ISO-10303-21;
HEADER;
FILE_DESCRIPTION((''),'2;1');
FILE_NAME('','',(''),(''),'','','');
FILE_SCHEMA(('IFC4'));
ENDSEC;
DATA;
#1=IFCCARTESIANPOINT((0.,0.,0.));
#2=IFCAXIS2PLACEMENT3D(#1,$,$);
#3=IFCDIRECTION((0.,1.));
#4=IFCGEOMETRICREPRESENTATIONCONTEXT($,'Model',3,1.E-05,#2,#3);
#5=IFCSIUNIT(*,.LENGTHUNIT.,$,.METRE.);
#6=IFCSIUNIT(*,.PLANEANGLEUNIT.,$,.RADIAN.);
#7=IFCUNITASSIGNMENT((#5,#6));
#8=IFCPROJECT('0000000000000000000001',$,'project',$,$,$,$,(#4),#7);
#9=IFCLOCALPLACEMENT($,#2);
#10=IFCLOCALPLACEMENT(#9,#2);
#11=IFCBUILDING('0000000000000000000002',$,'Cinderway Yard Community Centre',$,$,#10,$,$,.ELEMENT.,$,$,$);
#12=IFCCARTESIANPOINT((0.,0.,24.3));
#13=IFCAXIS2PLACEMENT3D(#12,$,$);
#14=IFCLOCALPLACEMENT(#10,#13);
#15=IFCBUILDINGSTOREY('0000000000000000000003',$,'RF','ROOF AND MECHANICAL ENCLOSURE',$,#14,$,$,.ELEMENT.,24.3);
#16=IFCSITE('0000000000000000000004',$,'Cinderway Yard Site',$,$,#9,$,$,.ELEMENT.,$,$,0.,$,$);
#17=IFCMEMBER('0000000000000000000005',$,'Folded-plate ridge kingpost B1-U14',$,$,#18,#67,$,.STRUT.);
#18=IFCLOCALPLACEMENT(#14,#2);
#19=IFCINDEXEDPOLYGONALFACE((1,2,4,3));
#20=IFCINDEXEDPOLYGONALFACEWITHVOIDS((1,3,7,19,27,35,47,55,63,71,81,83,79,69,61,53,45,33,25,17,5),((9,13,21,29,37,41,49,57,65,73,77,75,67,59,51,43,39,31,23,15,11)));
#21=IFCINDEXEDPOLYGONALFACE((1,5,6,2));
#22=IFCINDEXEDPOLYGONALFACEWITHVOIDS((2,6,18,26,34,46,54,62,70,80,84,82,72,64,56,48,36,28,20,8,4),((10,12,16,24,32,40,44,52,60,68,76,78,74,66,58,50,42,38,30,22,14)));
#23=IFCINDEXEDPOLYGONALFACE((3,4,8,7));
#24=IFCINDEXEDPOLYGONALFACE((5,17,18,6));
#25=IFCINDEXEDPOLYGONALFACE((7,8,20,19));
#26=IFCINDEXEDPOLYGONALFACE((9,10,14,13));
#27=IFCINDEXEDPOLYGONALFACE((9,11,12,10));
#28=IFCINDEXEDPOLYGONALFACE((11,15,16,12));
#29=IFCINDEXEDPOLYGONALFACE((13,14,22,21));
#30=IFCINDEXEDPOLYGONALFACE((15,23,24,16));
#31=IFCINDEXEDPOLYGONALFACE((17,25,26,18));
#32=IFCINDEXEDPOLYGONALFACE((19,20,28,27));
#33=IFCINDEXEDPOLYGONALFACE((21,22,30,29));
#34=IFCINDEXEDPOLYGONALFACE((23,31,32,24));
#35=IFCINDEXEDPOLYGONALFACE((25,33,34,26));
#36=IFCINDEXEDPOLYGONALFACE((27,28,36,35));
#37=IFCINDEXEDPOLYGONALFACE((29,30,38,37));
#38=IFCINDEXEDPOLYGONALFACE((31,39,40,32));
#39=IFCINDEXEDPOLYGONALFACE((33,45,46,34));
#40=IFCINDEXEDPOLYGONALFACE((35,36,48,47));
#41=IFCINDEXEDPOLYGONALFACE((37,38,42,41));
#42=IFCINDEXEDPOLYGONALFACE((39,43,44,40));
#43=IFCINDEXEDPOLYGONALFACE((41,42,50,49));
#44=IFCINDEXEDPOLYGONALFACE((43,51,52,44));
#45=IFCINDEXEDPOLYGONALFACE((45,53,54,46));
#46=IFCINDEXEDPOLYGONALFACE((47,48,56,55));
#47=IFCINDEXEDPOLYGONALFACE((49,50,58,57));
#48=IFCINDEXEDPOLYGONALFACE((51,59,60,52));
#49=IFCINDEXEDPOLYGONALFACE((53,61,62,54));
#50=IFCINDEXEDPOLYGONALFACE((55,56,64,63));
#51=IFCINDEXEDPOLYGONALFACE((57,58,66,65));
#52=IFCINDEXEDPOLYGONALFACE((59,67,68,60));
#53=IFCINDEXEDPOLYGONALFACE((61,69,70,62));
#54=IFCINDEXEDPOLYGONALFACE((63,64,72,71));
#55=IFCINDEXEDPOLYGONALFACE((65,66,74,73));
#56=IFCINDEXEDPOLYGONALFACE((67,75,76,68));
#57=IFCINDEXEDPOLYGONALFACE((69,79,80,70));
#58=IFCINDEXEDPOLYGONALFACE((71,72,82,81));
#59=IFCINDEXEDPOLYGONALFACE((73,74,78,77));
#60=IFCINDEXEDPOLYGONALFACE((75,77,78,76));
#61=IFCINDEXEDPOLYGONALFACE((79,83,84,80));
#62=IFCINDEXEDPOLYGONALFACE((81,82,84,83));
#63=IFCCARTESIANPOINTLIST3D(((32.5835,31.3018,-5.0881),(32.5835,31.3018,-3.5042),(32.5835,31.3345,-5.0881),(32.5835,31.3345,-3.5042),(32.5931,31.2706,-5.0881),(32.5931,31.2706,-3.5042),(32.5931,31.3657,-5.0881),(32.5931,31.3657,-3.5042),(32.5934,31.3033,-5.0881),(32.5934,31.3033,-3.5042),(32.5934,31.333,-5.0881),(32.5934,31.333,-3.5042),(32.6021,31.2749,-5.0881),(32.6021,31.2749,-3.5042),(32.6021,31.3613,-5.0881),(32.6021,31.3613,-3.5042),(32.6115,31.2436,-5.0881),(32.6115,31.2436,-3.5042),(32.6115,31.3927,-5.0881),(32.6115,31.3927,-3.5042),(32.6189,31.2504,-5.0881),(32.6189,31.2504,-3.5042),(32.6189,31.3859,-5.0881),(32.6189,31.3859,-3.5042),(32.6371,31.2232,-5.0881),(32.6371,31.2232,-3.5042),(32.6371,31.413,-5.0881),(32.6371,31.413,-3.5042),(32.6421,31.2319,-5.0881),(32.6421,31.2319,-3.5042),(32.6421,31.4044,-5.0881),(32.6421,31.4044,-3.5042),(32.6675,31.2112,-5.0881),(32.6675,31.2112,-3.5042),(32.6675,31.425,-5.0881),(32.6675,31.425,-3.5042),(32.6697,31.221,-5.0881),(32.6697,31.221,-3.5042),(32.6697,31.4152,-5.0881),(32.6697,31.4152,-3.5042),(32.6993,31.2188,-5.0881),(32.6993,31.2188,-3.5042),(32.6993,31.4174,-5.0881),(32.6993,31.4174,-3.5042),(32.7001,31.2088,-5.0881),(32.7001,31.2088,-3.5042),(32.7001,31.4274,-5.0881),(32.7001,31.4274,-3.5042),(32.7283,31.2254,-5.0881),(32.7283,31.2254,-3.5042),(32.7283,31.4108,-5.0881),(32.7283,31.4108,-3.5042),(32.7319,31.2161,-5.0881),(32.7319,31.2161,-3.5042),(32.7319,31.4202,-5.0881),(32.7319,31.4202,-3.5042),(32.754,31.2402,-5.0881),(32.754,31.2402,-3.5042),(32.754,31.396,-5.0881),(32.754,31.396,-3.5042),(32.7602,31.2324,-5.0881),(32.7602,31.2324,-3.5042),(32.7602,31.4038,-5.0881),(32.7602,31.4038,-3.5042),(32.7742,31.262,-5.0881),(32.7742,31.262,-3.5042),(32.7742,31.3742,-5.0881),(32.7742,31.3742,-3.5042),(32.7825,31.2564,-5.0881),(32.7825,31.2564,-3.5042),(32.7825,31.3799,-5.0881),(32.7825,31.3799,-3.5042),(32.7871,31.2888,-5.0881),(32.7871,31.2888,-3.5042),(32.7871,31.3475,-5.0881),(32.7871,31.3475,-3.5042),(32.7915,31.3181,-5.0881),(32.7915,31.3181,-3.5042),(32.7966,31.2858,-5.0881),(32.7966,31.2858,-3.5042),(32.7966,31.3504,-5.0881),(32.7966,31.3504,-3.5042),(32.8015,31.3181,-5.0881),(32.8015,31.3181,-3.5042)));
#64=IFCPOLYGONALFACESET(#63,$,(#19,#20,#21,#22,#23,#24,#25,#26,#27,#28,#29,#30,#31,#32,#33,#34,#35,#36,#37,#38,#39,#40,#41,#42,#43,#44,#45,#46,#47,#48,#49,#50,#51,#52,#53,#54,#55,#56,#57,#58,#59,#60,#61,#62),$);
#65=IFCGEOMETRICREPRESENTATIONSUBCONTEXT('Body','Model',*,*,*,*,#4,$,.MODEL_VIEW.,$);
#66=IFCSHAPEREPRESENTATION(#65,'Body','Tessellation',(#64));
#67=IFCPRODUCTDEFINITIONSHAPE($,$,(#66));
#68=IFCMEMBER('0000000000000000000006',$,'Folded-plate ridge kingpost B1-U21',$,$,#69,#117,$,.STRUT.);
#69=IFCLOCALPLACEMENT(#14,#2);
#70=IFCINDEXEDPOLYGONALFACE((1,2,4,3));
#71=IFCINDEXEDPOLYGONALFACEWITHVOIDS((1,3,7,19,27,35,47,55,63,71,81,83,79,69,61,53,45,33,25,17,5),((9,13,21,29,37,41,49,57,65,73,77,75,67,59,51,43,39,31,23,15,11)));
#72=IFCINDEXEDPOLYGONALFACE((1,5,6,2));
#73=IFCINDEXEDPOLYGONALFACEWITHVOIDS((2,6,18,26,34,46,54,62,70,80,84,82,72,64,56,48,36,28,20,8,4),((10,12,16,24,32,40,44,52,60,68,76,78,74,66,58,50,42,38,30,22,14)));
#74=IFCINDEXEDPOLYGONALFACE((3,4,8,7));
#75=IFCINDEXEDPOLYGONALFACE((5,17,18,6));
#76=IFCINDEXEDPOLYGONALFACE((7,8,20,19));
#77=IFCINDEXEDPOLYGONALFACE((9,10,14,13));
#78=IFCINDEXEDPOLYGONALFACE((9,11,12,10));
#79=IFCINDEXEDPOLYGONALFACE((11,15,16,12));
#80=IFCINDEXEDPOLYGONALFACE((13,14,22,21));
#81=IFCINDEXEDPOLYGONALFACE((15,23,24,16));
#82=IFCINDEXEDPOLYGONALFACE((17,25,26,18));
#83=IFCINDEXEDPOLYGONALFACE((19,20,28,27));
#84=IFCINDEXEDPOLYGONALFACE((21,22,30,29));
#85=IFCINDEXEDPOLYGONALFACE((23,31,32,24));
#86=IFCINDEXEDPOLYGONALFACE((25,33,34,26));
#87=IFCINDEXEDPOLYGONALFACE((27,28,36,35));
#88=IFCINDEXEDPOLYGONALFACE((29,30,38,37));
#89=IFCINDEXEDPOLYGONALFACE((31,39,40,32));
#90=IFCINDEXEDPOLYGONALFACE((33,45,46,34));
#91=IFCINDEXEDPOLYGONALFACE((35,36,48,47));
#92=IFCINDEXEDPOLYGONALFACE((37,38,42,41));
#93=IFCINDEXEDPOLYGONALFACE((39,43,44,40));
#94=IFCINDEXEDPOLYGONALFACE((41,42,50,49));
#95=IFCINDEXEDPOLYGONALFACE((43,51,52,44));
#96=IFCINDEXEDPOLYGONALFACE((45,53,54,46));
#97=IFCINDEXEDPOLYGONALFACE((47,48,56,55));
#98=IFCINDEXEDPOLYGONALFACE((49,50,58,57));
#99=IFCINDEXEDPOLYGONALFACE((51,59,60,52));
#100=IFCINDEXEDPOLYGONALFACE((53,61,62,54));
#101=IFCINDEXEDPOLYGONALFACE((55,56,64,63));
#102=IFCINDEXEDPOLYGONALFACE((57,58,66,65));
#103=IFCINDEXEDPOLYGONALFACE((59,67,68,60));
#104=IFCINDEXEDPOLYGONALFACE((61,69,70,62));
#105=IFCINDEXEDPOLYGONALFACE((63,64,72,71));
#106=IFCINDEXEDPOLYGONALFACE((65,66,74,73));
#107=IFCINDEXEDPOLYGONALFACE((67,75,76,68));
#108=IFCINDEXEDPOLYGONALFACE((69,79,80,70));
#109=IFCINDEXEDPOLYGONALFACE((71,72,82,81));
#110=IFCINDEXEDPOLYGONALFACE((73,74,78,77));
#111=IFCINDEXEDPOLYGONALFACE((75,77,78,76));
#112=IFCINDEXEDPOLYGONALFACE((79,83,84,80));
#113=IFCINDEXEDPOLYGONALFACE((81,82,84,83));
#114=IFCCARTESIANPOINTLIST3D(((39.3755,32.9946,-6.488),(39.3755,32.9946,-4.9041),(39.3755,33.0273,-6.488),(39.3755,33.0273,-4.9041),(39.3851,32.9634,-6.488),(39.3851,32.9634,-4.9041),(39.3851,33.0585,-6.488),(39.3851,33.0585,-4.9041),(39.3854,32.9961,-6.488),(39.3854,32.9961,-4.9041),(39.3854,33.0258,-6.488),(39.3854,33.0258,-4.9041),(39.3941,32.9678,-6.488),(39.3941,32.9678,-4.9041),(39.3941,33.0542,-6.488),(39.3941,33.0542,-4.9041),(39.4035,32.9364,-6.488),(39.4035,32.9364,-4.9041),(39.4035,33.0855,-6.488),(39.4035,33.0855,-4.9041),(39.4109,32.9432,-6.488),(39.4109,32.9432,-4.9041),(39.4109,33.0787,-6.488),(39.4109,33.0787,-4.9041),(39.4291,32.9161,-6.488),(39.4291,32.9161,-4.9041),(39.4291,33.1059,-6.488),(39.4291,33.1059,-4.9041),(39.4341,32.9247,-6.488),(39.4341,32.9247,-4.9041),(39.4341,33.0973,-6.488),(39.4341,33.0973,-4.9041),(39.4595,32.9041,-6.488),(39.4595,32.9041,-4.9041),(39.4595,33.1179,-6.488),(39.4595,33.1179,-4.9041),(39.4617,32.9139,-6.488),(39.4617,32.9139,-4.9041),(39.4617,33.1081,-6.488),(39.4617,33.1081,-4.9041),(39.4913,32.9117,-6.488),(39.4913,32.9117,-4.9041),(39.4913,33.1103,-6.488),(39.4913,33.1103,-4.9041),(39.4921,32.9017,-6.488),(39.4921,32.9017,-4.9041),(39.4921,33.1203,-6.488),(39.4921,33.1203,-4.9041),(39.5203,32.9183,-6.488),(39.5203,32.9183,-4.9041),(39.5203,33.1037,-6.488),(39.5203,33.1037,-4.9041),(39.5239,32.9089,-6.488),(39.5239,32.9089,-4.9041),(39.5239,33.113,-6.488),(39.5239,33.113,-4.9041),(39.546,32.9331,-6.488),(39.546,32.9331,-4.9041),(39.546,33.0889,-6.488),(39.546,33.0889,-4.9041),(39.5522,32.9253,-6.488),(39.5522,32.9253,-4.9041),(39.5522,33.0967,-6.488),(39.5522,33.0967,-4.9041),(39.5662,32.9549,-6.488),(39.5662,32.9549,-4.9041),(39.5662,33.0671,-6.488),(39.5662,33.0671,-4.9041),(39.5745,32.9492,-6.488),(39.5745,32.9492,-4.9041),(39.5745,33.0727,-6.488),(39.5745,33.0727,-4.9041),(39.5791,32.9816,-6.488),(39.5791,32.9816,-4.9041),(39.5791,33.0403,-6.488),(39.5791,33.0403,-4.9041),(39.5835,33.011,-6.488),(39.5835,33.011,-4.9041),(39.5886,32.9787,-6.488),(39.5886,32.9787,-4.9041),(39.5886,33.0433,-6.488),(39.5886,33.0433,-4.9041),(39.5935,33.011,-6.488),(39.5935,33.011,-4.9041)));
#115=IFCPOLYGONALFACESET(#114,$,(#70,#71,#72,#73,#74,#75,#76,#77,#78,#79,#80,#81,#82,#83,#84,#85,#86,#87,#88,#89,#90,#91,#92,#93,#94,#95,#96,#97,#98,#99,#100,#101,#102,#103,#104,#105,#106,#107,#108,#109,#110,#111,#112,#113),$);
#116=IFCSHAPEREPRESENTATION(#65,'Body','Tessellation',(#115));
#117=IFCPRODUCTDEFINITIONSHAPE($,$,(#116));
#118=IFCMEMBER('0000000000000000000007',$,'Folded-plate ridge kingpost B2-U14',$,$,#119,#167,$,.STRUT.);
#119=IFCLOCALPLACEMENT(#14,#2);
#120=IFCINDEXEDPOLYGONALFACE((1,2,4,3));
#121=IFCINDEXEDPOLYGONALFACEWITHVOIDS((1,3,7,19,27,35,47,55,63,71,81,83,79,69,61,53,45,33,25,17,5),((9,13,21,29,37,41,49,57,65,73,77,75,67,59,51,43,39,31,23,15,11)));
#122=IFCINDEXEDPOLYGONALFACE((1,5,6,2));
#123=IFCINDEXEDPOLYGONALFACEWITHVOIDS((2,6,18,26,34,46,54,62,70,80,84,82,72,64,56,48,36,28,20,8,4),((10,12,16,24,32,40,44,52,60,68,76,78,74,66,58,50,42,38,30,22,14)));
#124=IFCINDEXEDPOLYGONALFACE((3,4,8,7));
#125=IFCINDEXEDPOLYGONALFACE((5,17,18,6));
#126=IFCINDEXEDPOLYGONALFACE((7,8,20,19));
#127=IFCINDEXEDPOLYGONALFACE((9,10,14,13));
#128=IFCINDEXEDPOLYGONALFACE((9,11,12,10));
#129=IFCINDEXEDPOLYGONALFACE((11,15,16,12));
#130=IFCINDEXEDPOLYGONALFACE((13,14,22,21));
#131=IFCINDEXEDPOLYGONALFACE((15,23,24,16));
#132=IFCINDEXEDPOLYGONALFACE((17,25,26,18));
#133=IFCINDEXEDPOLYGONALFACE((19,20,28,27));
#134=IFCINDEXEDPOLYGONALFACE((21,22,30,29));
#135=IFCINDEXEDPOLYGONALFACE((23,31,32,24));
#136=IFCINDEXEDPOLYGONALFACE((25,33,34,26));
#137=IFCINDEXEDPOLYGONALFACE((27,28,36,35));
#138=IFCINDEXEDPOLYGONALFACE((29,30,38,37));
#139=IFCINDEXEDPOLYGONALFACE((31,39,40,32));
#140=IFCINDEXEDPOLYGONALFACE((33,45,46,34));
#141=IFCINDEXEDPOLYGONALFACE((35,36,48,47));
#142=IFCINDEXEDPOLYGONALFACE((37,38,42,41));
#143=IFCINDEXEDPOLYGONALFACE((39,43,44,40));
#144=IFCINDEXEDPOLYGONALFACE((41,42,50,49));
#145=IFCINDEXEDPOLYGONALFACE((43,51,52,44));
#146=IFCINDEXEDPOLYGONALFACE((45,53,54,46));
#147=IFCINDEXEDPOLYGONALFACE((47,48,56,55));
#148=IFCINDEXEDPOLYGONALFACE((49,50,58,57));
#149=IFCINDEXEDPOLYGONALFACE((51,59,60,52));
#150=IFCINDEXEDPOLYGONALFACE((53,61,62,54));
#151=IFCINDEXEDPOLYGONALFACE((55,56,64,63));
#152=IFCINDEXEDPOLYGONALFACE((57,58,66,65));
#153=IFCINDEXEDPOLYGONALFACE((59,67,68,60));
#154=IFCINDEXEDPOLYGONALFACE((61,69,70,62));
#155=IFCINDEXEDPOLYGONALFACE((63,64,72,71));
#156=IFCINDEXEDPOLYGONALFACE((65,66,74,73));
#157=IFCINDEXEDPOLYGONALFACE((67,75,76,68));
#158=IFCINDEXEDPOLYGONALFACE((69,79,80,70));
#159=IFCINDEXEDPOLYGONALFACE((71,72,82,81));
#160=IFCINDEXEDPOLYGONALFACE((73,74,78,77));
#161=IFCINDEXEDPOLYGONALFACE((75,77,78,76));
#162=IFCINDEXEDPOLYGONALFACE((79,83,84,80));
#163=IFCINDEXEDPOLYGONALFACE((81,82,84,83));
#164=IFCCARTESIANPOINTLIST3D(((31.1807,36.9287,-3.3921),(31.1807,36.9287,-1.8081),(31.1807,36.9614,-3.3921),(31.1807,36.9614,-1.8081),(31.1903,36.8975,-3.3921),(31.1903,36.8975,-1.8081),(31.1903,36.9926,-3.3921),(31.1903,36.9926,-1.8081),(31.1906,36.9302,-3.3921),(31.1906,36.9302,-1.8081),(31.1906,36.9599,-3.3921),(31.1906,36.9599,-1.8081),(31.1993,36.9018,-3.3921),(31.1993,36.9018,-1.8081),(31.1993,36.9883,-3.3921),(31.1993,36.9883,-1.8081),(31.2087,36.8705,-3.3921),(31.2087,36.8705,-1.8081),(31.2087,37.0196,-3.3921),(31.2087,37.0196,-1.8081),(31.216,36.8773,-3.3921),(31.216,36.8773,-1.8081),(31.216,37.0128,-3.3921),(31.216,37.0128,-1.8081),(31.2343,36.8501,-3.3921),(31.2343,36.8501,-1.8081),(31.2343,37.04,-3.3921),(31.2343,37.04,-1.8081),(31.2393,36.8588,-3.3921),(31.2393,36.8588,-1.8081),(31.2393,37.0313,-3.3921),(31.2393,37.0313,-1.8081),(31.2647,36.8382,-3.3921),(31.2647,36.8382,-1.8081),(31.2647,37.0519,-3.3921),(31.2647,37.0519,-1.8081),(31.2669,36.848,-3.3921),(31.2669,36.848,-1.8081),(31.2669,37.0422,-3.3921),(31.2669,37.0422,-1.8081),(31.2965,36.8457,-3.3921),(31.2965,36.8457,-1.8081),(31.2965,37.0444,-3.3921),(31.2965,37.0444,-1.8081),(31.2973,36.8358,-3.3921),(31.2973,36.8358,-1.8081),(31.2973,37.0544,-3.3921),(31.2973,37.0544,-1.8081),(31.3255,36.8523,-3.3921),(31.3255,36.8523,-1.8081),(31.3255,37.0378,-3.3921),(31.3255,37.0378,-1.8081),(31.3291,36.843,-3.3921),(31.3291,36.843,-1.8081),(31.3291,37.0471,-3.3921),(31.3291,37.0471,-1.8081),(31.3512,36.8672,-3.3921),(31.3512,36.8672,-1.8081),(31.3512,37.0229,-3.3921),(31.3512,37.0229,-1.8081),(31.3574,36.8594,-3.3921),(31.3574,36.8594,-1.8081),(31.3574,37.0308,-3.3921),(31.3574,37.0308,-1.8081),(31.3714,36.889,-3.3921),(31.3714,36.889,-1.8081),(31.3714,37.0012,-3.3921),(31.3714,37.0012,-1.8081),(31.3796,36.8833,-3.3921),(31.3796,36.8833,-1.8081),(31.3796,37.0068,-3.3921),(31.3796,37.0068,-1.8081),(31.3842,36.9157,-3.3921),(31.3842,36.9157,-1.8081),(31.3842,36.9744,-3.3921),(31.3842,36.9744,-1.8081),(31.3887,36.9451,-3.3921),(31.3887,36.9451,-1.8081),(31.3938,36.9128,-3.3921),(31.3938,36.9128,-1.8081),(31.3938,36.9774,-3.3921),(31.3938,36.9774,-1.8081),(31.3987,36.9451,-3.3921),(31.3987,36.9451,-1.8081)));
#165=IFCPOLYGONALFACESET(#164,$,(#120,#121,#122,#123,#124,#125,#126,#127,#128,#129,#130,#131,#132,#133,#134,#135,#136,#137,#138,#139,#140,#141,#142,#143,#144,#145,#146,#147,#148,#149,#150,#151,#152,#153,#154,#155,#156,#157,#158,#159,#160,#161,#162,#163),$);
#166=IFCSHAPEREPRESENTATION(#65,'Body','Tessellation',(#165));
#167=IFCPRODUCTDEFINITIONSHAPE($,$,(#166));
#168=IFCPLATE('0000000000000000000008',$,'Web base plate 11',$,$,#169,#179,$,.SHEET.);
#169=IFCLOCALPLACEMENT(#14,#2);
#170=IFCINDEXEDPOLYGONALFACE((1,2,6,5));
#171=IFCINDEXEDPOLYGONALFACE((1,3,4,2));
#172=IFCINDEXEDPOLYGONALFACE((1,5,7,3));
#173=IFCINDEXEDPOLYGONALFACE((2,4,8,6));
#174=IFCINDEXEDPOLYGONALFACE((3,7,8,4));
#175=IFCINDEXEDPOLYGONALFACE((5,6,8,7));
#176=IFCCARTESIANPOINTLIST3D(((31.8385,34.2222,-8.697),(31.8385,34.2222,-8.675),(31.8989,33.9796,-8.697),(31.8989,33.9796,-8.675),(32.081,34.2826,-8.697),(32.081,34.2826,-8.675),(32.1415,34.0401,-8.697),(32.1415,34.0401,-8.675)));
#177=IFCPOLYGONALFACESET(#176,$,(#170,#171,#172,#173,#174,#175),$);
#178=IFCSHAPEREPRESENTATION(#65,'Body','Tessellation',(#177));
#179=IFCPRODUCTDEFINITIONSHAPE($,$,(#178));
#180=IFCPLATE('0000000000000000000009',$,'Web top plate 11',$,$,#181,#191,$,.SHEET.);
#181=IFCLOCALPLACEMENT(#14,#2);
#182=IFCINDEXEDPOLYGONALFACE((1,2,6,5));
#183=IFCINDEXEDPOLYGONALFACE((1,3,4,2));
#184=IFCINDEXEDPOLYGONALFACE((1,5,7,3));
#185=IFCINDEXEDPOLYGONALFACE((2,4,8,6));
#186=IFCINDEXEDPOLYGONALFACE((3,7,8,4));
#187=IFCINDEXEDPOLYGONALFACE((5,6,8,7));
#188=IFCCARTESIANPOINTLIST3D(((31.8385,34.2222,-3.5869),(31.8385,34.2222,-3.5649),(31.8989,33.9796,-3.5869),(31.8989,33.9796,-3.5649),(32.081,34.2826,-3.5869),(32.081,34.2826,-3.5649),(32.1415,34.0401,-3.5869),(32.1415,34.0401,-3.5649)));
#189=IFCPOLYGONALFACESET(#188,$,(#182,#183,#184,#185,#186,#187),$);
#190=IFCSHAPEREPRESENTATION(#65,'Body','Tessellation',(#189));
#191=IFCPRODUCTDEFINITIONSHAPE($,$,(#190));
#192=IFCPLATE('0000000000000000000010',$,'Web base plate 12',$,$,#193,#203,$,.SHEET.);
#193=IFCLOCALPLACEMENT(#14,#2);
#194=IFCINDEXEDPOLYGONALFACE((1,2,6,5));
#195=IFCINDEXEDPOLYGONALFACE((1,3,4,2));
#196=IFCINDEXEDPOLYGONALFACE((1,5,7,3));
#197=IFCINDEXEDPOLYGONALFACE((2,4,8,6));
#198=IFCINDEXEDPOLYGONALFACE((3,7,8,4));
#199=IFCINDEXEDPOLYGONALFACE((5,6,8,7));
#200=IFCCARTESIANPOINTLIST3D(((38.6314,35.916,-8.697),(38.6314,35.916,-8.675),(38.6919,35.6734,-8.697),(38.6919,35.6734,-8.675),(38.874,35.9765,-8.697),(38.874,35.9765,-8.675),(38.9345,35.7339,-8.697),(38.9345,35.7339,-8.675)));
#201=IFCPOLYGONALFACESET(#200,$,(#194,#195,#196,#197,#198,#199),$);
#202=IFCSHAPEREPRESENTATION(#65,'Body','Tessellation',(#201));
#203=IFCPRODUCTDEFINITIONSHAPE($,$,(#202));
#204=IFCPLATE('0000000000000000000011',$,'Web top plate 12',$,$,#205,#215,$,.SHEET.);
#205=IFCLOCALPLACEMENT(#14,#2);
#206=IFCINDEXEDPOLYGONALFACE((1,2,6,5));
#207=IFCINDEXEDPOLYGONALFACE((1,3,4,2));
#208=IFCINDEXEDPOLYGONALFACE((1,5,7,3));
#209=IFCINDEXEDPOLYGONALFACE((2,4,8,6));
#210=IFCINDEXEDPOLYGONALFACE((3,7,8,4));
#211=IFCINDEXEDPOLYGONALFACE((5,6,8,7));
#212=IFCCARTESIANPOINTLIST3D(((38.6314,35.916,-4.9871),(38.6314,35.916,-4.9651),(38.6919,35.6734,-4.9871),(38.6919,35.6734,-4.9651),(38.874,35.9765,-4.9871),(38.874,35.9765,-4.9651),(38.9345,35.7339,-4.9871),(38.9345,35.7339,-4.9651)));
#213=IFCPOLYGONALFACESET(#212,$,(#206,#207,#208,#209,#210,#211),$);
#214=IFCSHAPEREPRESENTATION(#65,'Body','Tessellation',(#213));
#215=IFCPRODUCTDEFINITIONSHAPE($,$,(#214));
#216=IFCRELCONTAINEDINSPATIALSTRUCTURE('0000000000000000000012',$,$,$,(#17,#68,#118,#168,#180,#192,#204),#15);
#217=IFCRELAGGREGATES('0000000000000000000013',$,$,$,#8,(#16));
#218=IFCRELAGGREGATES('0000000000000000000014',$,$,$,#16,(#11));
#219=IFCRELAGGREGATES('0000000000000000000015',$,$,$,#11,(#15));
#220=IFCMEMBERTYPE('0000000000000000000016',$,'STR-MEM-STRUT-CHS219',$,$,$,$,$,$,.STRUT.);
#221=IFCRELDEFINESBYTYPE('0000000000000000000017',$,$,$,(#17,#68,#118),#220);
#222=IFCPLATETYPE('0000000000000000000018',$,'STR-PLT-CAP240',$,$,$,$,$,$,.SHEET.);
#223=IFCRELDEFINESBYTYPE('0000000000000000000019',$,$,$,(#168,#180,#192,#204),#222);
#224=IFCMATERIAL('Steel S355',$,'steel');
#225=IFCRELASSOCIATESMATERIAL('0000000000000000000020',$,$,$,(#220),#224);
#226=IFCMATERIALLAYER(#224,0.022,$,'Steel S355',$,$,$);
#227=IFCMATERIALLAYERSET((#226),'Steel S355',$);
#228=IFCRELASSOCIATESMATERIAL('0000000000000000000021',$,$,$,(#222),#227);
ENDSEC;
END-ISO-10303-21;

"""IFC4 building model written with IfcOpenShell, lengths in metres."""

from ifc_helpers import new_model, si_unit, direction, frame, origin, origin_2d, place, context, subcontext, project, spatial, rectangle, hollow_circle, extrude, material, layer, layer_set, material_profile, profile_set, type_object, element, save


model = new_model("IFC4")

# Units and contexts
model_context = context("Model", 3, precision=1e-05, world=origin(), true_north=direction((0.0, 1.0)))
body_context = subcontext(model_context, "Body", "Model", "MODEL_VIEW")
ifc_project = project(units=[si_unit("LENGTHUNIT", "METRE"), si_unit("PLANEANGLEUNIT", "RADIAN")], contexts=[model_context])

# Site, building, storey
site_placement = place(None, origin())
site = spatial("IfcSite", under=ifc_project, at=site_placement, Name="Cinderway Yard Site", CompositionType="ELEMENT", RefElevation=0.0)
building_placement = place(site_placement, origin())
building = spatial("IfcBuilding", under=site, at=building_placement, Name="Cinderway Yard Community Centre", CompositionType="ELEMENT")
storey_placement = place(building_placement, frame((0.0, 0.0, 24.3)))
storey = spatial("IfcBuildingStorey", under=building, at=storey_placement, Name="RF", Description="ROOF AND MECHANICAL ENCLOSURE", CompositionType="ELEMENT", Elevation=24.3)

# Shared definitions
ifc_material_1 = material(Name="Steel S355", Category="steel")

# Members
ifc_material_profile_1 = material_profile(ifc_material_1, hollow_circle(Radius=0.1096, WallThickness=0.01, at=origin_2d()), Name="Steel S355")
ifc_profile_set_1 = profile_set([ifc_material_profile_1], Name="Steel S355")
member_type = type_object("IfcMemberType", Name="STR-MEM-STRUT-CHS219", PredefinedType="STRUT", material=ifc_profile_set_1)
for number, where, z_axis, x_axis, name in (
    (1, (32.6919, 31.3181, -5.0881), (0.0, 0.0, 1.0), (1.0, 0.0, 0.0), "Folded-plate ridge kingpost B1-U14"),
    (2, (39.4839, 33.011, -6.488), (0.0, 0.0, 1.0), (1.0, 0.0, 0.0), "Folded-plate ridge kingpost B1-U21"),
    (3, (31.2891, 36.9451, -3.3921), (0.0, 0.0, 1.0), (1.0, 0.0, 0.0), "Folded-plate ridge kingpost B2-U14"),
):
    element("IfcMember", number, at=place(storey_placement, frame(where, z_axis=z_axis, x_axis=x_axis)), inside=storey, type_object=member_type, Name=name, PredefinedType="STRUT", context=body_context, shape_type="SweptSolid", body=[
        extrude(hollow_circle(Radius=0.1096, WallThickness=0.01, at=origin_2d()), origin(), (0.0, 0.0, 1.0), 1.584),
    ])

# Plates
ifc_layer_1 = layer(ifc_material_1, 0.022, Name="Steel S355")
ifc_layer_set_1 = layer_set([ifc_layer_1], Name="Steel S355")
plate_type_1 = type_object("IfcPlateType", Name="STR-PLT-CAP240", PredefinedType="SHEET", material=ifc_layer_set_1)
for number, where, z_axis, x_axis, name in (
    (4, (31.99, 34.1311, -8.697), (0.0, 0.0, 1.0), (0.970296, 0.241922, 0.0), "Web base plate 11"),
    (5, (31.99, 34.1311, -3.5869), (0.0, 0.0, 1.0), (0.970296, 0.241922, 0.0), "Web top plate 11"),
    (6, (38.783, 35.825, -8.697), (0.0, 0.0, 1.0), (0.970296, 0.241922, 0.0), "Web base plate 12"),
    (7, (38.783, 35.825, -4.9871), (0.0, 0.0, 1.0), (0.970296, 0.241922, 0.0), "Web top plate 12"),
):
    element("IfcPlate", number, at=place(storey_placement, frame(where, z_axis=z_axis, x_axis=x_axis)), inside=storey, type_object=plate_type_1, Name=name, PredefinedType="SHEET", context=body_context, shape_type="SweptSolid", body=[
        extrude(rectangle(XDim=0.25, YDim=0.25, at=origin_2d()), origin(), (0.0, 0.0, 1.0), 0.022),
    ])

save(model, "model.ifc")
